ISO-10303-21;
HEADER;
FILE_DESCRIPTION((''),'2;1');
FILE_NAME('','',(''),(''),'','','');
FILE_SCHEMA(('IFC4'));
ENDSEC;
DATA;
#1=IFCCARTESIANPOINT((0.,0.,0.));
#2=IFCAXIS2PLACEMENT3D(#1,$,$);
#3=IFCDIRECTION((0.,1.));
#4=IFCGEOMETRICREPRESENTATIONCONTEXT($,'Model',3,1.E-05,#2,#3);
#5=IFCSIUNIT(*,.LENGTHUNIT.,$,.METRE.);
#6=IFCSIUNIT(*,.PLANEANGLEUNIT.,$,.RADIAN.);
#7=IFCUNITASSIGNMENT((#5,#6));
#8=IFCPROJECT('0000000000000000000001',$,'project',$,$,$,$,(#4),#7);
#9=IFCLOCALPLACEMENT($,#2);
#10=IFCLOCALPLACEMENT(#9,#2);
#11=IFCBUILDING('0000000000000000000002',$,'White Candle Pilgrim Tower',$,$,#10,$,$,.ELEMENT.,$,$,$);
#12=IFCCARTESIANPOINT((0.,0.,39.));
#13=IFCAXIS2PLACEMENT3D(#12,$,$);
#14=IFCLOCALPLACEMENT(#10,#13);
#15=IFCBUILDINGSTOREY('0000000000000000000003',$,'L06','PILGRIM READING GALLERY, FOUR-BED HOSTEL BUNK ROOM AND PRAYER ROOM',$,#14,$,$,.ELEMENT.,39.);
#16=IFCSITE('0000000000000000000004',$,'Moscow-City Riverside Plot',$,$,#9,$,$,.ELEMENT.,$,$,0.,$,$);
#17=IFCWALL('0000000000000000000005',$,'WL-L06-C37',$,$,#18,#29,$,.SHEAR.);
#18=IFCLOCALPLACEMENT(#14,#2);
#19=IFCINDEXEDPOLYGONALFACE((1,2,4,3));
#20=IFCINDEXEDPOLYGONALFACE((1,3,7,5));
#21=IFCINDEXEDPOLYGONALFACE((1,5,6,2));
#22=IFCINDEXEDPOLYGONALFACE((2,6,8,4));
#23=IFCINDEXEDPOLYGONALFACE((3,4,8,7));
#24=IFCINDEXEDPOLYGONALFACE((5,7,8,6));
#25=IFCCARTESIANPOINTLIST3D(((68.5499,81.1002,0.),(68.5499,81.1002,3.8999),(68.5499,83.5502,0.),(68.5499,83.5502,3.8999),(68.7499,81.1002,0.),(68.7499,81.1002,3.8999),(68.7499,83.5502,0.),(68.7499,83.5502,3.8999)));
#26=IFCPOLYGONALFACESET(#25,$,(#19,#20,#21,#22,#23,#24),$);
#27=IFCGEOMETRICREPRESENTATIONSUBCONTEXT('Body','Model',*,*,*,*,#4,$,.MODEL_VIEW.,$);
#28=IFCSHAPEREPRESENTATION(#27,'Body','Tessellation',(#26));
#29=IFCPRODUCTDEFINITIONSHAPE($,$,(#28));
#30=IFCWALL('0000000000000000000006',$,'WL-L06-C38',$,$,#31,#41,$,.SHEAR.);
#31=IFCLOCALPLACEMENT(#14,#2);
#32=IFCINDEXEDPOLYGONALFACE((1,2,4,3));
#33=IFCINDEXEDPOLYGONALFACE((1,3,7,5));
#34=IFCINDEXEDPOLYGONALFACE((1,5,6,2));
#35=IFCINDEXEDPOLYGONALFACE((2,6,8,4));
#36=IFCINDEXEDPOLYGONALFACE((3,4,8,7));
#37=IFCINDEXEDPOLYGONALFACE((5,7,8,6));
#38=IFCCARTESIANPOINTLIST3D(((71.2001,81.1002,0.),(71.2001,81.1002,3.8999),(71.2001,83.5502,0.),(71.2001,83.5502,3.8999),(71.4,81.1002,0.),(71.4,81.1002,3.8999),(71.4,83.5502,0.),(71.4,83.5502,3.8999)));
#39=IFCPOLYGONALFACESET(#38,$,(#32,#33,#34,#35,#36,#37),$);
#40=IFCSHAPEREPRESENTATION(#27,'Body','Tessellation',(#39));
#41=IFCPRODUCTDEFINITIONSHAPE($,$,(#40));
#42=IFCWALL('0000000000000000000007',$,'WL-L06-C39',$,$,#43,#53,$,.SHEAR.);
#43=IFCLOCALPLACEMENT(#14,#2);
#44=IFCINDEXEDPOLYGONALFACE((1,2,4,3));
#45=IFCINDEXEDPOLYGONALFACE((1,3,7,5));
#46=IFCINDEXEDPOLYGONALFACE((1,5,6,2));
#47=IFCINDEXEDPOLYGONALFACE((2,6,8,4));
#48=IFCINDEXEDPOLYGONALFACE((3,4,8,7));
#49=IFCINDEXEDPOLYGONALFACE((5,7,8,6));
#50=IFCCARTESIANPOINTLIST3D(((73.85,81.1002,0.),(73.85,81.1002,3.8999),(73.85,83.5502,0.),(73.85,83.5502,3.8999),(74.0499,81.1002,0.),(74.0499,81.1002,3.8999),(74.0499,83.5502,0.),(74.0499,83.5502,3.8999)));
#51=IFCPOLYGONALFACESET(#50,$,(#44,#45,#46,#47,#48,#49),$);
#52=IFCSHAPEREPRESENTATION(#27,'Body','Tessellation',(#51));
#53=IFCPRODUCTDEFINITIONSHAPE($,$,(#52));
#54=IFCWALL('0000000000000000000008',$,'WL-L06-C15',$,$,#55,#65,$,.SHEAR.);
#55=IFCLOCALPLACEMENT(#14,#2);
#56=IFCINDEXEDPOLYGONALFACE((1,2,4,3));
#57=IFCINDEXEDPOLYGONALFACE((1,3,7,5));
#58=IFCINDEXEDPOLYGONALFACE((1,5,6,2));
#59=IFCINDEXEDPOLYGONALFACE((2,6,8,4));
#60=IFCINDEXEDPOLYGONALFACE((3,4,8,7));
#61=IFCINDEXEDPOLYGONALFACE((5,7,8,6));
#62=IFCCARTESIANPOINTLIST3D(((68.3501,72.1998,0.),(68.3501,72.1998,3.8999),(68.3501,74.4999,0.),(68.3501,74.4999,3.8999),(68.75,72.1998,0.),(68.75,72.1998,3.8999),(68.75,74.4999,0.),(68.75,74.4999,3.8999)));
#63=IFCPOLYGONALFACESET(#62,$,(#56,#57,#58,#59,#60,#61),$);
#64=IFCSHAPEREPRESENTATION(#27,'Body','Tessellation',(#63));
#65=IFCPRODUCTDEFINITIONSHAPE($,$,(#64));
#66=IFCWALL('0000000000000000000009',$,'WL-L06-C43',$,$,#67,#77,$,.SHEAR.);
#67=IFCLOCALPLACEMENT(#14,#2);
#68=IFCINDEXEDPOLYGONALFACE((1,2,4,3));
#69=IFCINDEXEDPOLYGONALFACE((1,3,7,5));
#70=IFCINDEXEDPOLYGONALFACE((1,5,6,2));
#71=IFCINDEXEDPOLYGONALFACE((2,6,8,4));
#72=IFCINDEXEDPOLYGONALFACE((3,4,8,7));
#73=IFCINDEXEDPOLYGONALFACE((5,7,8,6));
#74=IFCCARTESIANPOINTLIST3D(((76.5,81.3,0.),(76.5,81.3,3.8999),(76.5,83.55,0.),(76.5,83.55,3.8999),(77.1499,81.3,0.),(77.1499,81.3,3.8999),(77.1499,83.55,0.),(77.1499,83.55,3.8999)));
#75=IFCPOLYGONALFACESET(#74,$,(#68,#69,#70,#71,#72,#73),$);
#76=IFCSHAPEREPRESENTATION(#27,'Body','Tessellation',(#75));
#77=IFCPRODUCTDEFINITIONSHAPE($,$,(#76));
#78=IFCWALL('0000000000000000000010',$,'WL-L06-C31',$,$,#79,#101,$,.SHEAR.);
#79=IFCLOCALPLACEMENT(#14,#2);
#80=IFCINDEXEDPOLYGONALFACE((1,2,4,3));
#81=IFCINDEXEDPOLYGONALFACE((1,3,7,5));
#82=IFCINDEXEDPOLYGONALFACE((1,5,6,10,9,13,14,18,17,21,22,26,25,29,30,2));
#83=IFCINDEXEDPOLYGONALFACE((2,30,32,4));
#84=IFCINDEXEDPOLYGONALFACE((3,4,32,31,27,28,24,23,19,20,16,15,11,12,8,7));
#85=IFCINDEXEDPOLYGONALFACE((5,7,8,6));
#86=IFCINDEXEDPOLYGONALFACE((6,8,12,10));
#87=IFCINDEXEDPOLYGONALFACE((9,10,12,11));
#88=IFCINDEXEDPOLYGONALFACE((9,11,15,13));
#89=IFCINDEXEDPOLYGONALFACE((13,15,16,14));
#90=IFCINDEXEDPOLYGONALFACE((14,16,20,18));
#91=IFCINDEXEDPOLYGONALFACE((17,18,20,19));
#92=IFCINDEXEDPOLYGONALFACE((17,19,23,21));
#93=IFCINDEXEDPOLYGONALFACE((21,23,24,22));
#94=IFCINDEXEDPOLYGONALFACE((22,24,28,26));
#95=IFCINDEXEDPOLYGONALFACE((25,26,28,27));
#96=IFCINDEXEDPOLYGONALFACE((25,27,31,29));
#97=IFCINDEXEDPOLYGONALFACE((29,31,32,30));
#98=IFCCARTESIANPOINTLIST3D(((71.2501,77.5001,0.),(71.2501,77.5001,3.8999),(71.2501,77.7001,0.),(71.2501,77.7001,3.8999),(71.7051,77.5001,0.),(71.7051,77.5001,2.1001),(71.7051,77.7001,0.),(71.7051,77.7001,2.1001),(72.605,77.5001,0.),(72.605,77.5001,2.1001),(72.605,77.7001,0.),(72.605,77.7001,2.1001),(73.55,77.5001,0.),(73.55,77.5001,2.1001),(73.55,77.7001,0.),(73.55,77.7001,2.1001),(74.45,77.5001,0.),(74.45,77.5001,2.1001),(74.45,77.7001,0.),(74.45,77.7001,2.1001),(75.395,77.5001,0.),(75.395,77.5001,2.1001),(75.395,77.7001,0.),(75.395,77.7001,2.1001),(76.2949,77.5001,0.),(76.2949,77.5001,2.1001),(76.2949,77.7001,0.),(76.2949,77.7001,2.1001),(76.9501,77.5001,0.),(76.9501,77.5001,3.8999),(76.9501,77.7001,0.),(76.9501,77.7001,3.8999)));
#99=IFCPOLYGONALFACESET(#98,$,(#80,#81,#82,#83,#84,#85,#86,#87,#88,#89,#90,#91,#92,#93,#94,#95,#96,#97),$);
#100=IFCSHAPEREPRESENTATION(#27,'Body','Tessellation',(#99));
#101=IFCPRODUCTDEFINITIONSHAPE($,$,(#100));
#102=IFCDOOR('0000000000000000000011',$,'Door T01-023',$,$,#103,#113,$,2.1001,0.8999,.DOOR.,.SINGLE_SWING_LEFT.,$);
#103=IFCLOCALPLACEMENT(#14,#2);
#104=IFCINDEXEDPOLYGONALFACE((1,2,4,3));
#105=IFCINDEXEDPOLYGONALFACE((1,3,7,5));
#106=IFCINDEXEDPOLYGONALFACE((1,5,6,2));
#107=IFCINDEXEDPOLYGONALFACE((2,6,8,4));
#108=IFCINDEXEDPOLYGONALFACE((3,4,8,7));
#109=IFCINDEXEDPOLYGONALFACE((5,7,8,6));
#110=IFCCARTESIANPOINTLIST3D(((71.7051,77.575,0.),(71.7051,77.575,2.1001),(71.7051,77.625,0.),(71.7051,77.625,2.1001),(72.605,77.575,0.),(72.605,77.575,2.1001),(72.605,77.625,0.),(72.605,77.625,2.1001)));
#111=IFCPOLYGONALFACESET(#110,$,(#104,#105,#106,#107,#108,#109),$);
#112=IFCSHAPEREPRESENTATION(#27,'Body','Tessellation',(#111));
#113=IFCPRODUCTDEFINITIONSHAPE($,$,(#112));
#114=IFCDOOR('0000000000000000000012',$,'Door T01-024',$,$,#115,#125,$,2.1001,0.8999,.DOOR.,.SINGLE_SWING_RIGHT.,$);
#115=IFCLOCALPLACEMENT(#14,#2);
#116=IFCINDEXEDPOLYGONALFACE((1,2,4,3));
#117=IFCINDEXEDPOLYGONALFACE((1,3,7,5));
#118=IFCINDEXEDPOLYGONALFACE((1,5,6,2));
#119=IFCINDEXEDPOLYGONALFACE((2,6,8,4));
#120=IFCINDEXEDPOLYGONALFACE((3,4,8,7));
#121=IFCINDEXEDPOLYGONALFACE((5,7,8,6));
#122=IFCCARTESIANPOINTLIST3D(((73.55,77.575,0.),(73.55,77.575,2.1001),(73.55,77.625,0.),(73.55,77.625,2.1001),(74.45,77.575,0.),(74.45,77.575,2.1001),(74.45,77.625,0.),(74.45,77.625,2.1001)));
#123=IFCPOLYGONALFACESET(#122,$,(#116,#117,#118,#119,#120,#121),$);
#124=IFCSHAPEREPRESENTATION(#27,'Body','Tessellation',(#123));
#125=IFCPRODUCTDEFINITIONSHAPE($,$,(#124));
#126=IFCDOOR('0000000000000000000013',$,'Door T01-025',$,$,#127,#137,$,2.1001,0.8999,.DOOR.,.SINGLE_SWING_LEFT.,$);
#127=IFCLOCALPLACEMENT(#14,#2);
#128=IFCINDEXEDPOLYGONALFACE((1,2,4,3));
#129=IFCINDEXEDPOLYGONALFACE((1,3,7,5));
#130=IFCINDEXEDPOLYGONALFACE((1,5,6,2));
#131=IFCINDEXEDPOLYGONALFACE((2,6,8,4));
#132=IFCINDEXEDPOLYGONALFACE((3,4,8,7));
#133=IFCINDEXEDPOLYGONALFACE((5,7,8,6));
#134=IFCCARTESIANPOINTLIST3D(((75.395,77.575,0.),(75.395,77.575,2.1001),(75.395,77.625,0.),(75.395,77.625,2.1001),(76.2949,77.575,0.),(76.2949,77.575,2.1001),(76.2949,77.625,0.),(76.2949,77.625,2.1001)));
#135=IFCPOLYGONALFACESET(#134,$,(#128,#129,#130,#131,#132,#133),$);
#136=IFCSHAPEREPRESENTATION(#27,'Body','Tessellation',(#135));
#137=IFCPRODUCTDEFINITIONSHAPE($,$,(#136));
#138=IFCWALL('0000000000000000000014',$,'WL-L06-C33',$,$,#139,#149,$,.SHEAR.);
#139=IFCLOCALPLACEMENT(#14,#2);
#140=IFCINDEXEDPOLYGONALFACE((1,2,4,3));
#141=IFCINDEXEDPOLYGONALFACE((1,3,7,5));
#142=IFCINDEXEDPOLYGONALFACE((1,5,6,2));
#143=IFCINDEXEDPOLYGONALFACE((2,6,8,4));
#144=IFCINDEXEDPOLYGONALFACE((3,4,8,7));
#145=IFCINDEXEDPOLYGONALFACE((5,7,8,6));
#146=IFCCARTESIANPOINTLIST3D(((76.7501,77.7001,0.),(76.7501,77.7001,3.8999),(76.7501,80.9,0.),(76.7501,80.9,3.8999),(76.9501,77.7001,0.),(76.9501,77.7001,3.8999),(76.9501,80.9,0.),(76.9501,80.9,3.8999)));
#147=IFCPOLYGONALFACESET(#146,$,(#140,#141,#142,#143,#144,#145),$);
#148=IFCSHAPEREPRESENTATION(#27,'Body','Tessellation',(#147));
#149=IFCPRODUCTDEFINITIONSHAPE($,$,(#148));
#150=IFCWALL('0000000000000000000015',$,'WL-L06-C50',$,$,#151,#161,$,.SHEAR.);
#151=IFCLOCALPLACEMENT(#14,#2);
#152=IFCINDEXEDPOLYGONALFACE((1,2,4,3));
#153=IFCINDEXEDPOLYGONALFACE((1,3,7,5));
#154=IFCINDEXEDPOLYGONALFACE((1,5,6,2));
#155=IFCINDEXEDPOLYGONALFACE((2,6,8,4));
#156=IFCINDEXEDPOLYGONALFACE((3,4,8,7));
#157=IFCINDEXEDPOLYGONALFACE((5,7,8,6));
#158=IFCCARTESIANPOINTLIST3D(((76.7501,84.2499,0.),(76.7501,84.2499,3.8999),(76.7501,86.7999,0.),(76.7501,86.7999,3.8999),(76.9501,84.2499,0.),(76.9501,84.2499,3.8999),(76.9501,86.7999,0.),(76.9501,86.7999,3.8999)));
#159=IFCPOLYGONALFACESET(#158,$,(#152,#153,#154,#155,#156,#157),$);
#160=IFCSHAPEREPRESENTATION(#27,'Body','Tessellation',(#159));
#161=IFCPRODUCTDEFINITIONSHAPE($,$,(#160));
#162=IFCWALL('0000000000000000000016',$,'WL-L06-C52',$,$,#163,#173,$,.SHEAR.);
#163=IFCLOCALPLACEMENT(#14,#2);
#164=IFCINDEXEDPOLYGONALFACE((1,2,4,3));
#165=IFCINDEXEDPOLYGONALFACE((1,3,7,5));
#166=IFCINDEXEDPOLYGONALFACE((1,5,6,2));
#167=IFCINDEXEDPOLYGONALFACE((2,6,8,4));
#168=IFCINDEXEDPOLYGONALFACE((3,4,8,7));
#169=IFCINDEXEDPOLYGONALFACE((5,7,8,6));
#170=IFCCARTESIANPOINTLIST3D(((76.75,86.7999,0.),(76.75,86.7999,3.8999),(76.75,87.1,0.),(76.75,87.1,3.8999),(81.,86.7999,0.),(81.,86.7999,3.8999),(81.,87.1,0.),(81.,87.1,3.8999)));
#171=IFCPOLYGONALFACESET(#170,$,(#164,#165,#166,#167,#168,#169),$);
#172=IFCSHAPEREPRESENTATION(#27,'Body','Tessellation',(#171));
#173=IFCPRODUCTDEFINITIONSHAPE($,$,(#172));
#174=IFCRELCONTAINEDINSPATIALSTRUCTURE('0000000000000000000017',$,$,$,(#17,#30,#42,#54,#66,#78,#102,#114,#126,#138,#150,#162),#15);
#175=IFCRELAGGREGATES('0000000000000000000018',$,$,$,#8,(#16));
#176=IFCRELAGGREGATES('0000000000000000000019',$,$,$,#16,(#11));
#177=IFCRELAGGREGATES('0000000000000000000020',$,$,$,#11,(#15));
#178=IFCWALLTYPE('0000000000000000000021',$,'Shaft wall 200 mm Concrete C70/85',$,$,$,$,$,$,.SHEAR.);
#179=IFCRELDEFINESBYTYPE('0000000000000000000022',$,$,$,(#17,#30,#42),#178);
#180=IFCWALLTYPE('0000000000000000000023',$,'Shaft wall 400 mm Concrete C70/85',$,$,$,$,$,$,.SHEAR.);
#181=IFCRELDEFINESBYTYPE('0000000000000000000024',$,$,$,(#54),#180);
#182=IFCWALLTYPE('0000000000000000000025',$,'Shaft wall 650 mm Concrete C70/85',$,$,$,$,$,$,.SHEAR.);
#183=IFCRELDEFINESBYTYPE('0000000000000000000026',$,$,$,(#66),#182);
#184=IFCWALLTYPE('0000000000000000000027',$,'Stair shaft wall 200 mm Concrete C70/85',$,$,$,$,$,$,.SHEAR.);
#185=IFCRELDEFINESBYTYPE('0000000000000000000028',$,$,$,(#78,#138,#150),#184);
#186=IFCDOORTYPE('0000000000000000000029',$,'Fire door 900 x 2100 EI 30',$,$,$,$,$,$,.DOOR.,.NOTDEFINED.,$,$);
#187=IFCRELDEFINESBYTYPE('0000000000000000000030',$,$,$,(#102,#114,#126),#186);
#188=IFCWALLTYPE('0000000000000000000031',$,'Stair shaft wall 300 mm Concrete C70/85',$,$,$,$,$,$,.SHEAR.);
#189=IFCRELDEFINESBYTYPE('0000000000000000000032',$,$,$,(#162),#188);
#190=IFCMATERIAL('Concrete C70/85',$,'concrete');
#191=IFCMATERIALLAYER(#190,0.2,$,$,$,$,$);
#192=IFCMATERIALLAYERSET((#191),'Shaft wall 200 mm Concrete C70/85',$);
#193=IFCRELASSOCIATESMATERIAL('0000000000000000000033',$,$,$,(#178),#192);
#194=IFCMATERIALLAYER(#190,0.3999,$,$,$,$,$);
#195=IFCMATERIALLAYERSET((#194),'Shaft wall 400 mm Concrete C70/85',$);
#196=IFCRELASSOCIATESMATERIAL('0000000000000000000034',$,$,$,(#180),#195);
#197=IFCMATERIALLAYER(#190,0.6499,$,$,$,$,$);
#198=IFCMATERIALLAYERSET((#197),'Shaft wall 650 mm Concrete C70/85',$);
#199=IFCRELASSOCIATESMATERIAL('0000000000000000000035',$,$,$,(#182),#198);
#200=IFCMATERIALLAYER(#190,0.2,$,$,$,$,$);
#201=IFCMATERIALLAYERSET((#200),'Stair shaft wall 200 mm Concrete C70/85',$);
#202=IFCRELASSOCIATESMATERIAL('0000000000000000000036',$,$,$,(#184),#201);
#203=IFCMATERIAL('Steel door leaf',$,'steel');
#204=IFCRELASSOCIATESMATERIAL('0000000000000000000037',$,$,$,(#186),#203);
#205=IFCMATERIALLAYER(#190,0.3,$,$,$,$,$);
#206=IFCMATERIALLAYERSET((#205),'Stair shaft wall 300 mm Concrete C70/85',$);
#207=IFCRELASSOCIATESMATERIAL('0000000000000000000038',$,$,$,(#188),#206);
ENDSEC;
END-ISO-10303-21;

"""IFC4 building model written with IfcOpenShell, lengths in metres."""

from ifc_helpers import new_model, si_unit, direction, frame, frame_2d, origin, place, context, subcontext, project, spatial, rectangle, extrude, material, layer, layer_set, type_object, element, fill, save


model = new_model("IFC4")

# Units and contexts
model_context = context("Model", 3, precision=1e-05, world=origin(), true_north=direction((0.0, 1.0)))
body_context = subcontext(model_context, "Body", "Model", "MODEL_VIEW")
ifc_project = project(units=[si_unit("LENGTHUNIT", "METRE"), si_unit("PLANEANGLEUNIT", "RADIAN")], contexts=[model_context])

# Site, building, storey
site_placement = place(None, origin())
site = spatial("IfcSite", under=ifc_project, at=site_placement, Name="Moscow-City Riverside Plot", CompositionType="ELEMENT", RefElevation=0.0)
building_placement = place(site_placement, origin())
building = spatial("IfcBuilding", under=site, at=building_placement, Name="White Candle Pilgrim Tower", CompositionType="ELEMENT")
storey_placement = place(building_placement, frame((0.0, 0.0, 39.0)))
storey = spatial("IfcBuildingStorey", under=building, at=storey_placement, Name="L06", Description="PILGRIM READING GALLERY, FOUR-BED HOSTEL BUNK ROOM AND PRAYER ROOM", CompositionType="ELEMENT", Elevation=39.0)

# Walls
ifc_material_1 = material(Name="Concrete C70/85", Category="concrete")
ifc_layer_1 = layer(ifc_material_1, 0.2)
ifc_layer_set_1 = layer_set([ifc_layer_1], Name="Shaft wall 200 mm Concrete C70/85")
wall_type_1 = type_object("IfcWallType", Name="Shaft wall 200 mm Concrete C70/85", PredefinedType="SHEAR", material=ifc_layer_set_1)
for number, where, z_axis, x_axis, name in (
    (1, (68.6499, 81.1001, 0.0), (0.0, 0.0, 1.0), (0.0, 1.0, 0.0), "WL-L06-C37"),
    (2, (71.3, 81.1001, 0.0), (0.0, 0.0, 1.0), (0.0, 1.0, 0.0), "WL-L06-C38"),
    (3, (73.95, 81.1001, 0.0), (0.0, 0.0, 1.0), (0.0, 1.0, 0.0), "WL-L06-C39"),
):
    element("IfcWall", number, at=place(storey_placement, frame(where, z_axis=z_axis, x_axis=x_axis)), inside=storey, type_object=wall_type_1, Name=name, PredefinedType="SHEAR", context=body_context, shape_type="SweptSolid", body=[
        extrude(rectangle(XDim=2.45, YDim=0.2, at=frame_2d((1.2251, 0.0))), origin(), (0.0, 0.0, 1.0), 3.8999),
    ])
ifc_layer_2 = layer(ifc_material_1, 0.3999)
ifc_layer_set_2 = layer_set([ifc_layer_2], Name="Shaft wall 400 mm Concrete C70/85")
wall_type_2 = type_object("IfcWallType", Name="Shaft wall 400 mm Concrete C70/85", PredefinedType="SHEAR", material=ifc_layer_set_2)
wall_1_placement = place(storey_placement, frame((68.55, 72.2, 0.0), z_axis=(0.0, 0.0, 1.0), x_axis=(0.0, 1.0, 0.0)))
element("IfcWall", 4, at=wall_1_placement, inside=storey, type_object=wall_type_2, Name="WL-L06-C15", PredefinedType="SHEAR", context=body_context, shape_type="SweptSolid", body=[
    extrude(rectangle(XDim=2.3, YDim=0.3999, at=frame_2d((1.1499, 0.0))), origin(), (0.0, 0.0, 1.0), 3.8999),
])
ifc_layer_3 = layer(ifc_material_1, 0.6499)
ifc_layer_set_3 = layer_set([ifc_layer_3], Name="Shaft wall 650 mm Concrete C70/85")
wall_type_3 = type_object("IfcWallType", Name="Shaft wall 650 mm Concrete C70/85", PredefinedType="SHEAR", material=ifc_layer_set_3)
wall_2_placement = place(storey_placement, frame((76.825, 81.3, 0.0), z_axis=(0.0, 0.0, 1.0), x_axis=(0.0, 1.0, 0.0)))
element("IfcWall", 5, at=wall_2_placement, inside=storey, type_object=wall_type_3, Name="WL-L06-C43", PredefinedType="SHEAR", context=body_context, shape_type="SweptSolid", body=[
    extrude(rectangle(XDim=2.25, YDim=0.6499, at=frame_2d((1.125, 0.0))), origin(), (0.0, 0.0, 1.0), 3.8999),
])

# Wall, openings, doors
ifc_layer_4 = layer(ifc_material_1, 0.2)
ifc_layer_set_4 = layer_set([ifc_layer_4], Name="Stair shaft wall 200 mm Concrete C70/85")
wall_type_4 = type_object("IfcWallType", Name="Stair shaft wall 200 mm Concrete C70/85", PredefinedType="SHEAR", material=ifc_layer_set_4)
wall_3_placement = place(storey_placement, frame((71.25, 77.6001, 0.0), z_axis=(0.0, 0.0, 1.0), x_axis=(1.0, 0.0, 0.0)))
wall_3 = element("IfcWall", 6, at=wall_3_placement, inside=storey, type_object=wall_type_4, Name="WL-L06-C31", PredefinedType="SHEAR", context=body_context, shape_type="SweptSolid", body=[
    extrude(rectangle(XDim=5.7, YDim=0.2, at=frame_2d((2.8501, 0.0))), origin(), (0.0, 0.0, 1.0), 3.8999),
])
opening_1_placement = place(wall_3_placement, frame((0.4551, 0.0, 0.0)))
opening_1 = element("IfcOpeningElement", 7, at=opening_1_placement, cuts=wall_3, PredefinedType="OPENING", context=body_context, shape_type="SweptSolid", body=[
    extrude(rectangle(XDim=0.8999, YDim=2.1001, at=frame_2d((0.45, 1.05))), frame((0.0, 0.1099, 0.0), z_axis=(0.0, -1.0, 0.0), x_axis=(1.0, 0.0, 0.0)), (0.0, 0.0, 1.0), 0.22),
])
opening_2_placement = place(wall_3_placement, frame((2.3, 0.0, 0.0)))
opening_2 = element("IfcOpeningElement", 8, at=opening_2_placement, cuts=wall_3, PredefinedType="OPENING", context=body_context, shape_type="SweptSolid", body=[
    extrude(rectangle(XDim=0.8999, YDim=2.1001, at=frame_2d((0.45, 1.05))), frame((0.0, 0.1099, 0.0), z_axis=(0.0, -1.0, 0.0), x_axis=(1.0, 0.0, 0.0)), (0.0, 0.0, 1.0), 0.22),
])
opening_3_placement = place(wall_3_placement, frame((4.145, 0.0, 0.0)))
opening_3 = element("IfcOpeningElement", 9, at=opening_3_placement, cuts=wall_3, PredefinedType="OPENING", context=body_context, shape_type="SweptSolid", body=[
    extrude(rectangle(XDim=0.8999, YDim=2.1001, at=frame_2d((0.45, 1.05))), frame((0.0, 0.1099, 0.0), z_axis=(0.0, -1.0, 0.0), x_axis=(1.0, 0.0, 0.0)), (0.0, 0.0, 1.0), 0.22),
])
ifc_material_2 = material(Name="Steel door leaf", Category="steel")
door_type = type_object("IfcDoorType", Name="Fire door 900 x 2100 EI 30", OperationType="NOTDEFINED", PredefinedType="DOOR", material=ifc_material_2)
door_1_placement = place(opening_1_placement, origin())
door_1 = element("IfcDoor", 10, at=door_1_placement, inside=storey, type_object=door_type, Name="Door T01-023", OperationType="SINGLE_SWING_LEFT", OverallHeight=2.1001, OverallWidth=0.8999, PredefinedType="DOOR", context=body_context, shape_type="SweptSolid", body=[
    extrude(rectangle(XDim=0.8999, YDim=2.1001, at=frame_2d((0.45, 1.05))), frame((0.0, 0.0249, 0.0), z_axis=(0.0, -1.0, 0.0), x_axis=(1.0, 0.0, 0.0)), (0.0, 0.0, 1.0), 0.05),
])
fill(opening_1, door_1)
door_2_placement = place(opening_2_placement, origin())
door_2 = element("IfcDoor", 11, at=door_2_placement, inside=storey, type_object=door_type, Name="Door T01-024", OperationType="SINGLE_SWING_RIGHT", OverallHeight=2.1001, OverallWidth=0.8999, PredefinedType="DOOR", context=body_context, shape_type="SweptSolid", body=[
    extrude(rectangle(XDim=0.8999, YDim=2.1001, at=frame_2d((0.45, 1.05))), frame((0.0, 0.0249, 0.0), z_axis=(0.0, -1.0, 0.0), x_axis=(1.0, 0.0, 0.0)), (0.0, 0.0, 1.0), 0.05),
])
fill(opening_2, door_2)
door_3_placement = place(opening_3_placement, origin())
door_3 = element("IfcDoor", 12, at=door_3_placement, inside=storey, type_object=door_type, Name="Door T01-025", OperationType="SINGLE_SWING_LEFT", OverallHeight=2.1001, OverallWidth=0.8999, PredefinedType="DOOR", context=body_context, shape_type="SweptSolid", body=[
    extrude(rectangle(XDim=0.8999, YDim=2.1001, at=frame_2d((0.45, 1.05))), frame((0.0, 0.0249, 0.0), z_axis=(0.0, -1.0, 0.0), x_axis=(1.0, 0.0, 0.0)), (0.0, 0.0, 1.0), 0.05),
])
fill(opening_3, door_3)

# Walls
wall_4_placement = place(storey_placement, frame((76.8501, 77.7, 0.0), z_axis=(0.0, 0.0, 1.0), x_axis=(0.0, 1.0, 0.0)))
element("IfcWall", 13, at=wall_4_placement, inside=storey, type_object=wall_type_4, Name="WL-L06-C33", PredefinedType="SHEAR", context=body_context, shape_type="SweptSolid", body=[
    extrude(rectangle(XDim=3.2, YDim=0.2, at=frame_2d((1.6001, 0.0))), origin(), (0.0, 0.0, 1.0), 3.8999),
])
wall_5_placement = place(storey_placement, frame((76.8501, 84.25, 0.0), z_axis=(0.0, 0.0, 1.0), x_axis=(0.0, 1.0, 0.0)))
element("IfcWall", 14, at=wall_5_placement, inside=storey, type_object=wall_type_4, Name="WL-L06-C50", PredefinedType="SHEAR", context=body_context, shape_type="SweptSolid", body=[
    extrude(rectangle(XDim=2.55, YDim=0.2, at=frame_2d((1.2749, 0.0))), origin(), (0.0, 0.0, 1.0), 3.8999),
])
ifc_layer_5 = layer(ifc_material_1, 0.3)
ifc_layer_set_5 = layer_set([ifc_layer_5], Name="Stair shaft wall 300 mm Concrete C70/85")
wall_type_5 = type_object("IfcWallType", Name="Stair shaft wall 300 mm Concrete C70/85", PredefinedType="SHEAR", material=ifc_layer_set_5)
wall_6_placement = place(storey_placement, frame((76.75, 86.95, 0.0), z_axis=(0.0, 0.0, 1.0), x_axis=(1.0, 0.0, 0.0)))
element("IfcWall", 15, at=wall_6_placement, inside=storey, type_object=wall_type_5, Name="WL-L06-C52", PredefinedType="SHEAR", context=body_context, shape_type="SweptSolid", body=[
    extrude(rectangle(XDim=4.25, YDim=0.3, at=frame_2d((2.125, 0.0))), origin(), (0.0, 0.0, 1.0), 3.8999),
])

save(model, "model.ifc")
